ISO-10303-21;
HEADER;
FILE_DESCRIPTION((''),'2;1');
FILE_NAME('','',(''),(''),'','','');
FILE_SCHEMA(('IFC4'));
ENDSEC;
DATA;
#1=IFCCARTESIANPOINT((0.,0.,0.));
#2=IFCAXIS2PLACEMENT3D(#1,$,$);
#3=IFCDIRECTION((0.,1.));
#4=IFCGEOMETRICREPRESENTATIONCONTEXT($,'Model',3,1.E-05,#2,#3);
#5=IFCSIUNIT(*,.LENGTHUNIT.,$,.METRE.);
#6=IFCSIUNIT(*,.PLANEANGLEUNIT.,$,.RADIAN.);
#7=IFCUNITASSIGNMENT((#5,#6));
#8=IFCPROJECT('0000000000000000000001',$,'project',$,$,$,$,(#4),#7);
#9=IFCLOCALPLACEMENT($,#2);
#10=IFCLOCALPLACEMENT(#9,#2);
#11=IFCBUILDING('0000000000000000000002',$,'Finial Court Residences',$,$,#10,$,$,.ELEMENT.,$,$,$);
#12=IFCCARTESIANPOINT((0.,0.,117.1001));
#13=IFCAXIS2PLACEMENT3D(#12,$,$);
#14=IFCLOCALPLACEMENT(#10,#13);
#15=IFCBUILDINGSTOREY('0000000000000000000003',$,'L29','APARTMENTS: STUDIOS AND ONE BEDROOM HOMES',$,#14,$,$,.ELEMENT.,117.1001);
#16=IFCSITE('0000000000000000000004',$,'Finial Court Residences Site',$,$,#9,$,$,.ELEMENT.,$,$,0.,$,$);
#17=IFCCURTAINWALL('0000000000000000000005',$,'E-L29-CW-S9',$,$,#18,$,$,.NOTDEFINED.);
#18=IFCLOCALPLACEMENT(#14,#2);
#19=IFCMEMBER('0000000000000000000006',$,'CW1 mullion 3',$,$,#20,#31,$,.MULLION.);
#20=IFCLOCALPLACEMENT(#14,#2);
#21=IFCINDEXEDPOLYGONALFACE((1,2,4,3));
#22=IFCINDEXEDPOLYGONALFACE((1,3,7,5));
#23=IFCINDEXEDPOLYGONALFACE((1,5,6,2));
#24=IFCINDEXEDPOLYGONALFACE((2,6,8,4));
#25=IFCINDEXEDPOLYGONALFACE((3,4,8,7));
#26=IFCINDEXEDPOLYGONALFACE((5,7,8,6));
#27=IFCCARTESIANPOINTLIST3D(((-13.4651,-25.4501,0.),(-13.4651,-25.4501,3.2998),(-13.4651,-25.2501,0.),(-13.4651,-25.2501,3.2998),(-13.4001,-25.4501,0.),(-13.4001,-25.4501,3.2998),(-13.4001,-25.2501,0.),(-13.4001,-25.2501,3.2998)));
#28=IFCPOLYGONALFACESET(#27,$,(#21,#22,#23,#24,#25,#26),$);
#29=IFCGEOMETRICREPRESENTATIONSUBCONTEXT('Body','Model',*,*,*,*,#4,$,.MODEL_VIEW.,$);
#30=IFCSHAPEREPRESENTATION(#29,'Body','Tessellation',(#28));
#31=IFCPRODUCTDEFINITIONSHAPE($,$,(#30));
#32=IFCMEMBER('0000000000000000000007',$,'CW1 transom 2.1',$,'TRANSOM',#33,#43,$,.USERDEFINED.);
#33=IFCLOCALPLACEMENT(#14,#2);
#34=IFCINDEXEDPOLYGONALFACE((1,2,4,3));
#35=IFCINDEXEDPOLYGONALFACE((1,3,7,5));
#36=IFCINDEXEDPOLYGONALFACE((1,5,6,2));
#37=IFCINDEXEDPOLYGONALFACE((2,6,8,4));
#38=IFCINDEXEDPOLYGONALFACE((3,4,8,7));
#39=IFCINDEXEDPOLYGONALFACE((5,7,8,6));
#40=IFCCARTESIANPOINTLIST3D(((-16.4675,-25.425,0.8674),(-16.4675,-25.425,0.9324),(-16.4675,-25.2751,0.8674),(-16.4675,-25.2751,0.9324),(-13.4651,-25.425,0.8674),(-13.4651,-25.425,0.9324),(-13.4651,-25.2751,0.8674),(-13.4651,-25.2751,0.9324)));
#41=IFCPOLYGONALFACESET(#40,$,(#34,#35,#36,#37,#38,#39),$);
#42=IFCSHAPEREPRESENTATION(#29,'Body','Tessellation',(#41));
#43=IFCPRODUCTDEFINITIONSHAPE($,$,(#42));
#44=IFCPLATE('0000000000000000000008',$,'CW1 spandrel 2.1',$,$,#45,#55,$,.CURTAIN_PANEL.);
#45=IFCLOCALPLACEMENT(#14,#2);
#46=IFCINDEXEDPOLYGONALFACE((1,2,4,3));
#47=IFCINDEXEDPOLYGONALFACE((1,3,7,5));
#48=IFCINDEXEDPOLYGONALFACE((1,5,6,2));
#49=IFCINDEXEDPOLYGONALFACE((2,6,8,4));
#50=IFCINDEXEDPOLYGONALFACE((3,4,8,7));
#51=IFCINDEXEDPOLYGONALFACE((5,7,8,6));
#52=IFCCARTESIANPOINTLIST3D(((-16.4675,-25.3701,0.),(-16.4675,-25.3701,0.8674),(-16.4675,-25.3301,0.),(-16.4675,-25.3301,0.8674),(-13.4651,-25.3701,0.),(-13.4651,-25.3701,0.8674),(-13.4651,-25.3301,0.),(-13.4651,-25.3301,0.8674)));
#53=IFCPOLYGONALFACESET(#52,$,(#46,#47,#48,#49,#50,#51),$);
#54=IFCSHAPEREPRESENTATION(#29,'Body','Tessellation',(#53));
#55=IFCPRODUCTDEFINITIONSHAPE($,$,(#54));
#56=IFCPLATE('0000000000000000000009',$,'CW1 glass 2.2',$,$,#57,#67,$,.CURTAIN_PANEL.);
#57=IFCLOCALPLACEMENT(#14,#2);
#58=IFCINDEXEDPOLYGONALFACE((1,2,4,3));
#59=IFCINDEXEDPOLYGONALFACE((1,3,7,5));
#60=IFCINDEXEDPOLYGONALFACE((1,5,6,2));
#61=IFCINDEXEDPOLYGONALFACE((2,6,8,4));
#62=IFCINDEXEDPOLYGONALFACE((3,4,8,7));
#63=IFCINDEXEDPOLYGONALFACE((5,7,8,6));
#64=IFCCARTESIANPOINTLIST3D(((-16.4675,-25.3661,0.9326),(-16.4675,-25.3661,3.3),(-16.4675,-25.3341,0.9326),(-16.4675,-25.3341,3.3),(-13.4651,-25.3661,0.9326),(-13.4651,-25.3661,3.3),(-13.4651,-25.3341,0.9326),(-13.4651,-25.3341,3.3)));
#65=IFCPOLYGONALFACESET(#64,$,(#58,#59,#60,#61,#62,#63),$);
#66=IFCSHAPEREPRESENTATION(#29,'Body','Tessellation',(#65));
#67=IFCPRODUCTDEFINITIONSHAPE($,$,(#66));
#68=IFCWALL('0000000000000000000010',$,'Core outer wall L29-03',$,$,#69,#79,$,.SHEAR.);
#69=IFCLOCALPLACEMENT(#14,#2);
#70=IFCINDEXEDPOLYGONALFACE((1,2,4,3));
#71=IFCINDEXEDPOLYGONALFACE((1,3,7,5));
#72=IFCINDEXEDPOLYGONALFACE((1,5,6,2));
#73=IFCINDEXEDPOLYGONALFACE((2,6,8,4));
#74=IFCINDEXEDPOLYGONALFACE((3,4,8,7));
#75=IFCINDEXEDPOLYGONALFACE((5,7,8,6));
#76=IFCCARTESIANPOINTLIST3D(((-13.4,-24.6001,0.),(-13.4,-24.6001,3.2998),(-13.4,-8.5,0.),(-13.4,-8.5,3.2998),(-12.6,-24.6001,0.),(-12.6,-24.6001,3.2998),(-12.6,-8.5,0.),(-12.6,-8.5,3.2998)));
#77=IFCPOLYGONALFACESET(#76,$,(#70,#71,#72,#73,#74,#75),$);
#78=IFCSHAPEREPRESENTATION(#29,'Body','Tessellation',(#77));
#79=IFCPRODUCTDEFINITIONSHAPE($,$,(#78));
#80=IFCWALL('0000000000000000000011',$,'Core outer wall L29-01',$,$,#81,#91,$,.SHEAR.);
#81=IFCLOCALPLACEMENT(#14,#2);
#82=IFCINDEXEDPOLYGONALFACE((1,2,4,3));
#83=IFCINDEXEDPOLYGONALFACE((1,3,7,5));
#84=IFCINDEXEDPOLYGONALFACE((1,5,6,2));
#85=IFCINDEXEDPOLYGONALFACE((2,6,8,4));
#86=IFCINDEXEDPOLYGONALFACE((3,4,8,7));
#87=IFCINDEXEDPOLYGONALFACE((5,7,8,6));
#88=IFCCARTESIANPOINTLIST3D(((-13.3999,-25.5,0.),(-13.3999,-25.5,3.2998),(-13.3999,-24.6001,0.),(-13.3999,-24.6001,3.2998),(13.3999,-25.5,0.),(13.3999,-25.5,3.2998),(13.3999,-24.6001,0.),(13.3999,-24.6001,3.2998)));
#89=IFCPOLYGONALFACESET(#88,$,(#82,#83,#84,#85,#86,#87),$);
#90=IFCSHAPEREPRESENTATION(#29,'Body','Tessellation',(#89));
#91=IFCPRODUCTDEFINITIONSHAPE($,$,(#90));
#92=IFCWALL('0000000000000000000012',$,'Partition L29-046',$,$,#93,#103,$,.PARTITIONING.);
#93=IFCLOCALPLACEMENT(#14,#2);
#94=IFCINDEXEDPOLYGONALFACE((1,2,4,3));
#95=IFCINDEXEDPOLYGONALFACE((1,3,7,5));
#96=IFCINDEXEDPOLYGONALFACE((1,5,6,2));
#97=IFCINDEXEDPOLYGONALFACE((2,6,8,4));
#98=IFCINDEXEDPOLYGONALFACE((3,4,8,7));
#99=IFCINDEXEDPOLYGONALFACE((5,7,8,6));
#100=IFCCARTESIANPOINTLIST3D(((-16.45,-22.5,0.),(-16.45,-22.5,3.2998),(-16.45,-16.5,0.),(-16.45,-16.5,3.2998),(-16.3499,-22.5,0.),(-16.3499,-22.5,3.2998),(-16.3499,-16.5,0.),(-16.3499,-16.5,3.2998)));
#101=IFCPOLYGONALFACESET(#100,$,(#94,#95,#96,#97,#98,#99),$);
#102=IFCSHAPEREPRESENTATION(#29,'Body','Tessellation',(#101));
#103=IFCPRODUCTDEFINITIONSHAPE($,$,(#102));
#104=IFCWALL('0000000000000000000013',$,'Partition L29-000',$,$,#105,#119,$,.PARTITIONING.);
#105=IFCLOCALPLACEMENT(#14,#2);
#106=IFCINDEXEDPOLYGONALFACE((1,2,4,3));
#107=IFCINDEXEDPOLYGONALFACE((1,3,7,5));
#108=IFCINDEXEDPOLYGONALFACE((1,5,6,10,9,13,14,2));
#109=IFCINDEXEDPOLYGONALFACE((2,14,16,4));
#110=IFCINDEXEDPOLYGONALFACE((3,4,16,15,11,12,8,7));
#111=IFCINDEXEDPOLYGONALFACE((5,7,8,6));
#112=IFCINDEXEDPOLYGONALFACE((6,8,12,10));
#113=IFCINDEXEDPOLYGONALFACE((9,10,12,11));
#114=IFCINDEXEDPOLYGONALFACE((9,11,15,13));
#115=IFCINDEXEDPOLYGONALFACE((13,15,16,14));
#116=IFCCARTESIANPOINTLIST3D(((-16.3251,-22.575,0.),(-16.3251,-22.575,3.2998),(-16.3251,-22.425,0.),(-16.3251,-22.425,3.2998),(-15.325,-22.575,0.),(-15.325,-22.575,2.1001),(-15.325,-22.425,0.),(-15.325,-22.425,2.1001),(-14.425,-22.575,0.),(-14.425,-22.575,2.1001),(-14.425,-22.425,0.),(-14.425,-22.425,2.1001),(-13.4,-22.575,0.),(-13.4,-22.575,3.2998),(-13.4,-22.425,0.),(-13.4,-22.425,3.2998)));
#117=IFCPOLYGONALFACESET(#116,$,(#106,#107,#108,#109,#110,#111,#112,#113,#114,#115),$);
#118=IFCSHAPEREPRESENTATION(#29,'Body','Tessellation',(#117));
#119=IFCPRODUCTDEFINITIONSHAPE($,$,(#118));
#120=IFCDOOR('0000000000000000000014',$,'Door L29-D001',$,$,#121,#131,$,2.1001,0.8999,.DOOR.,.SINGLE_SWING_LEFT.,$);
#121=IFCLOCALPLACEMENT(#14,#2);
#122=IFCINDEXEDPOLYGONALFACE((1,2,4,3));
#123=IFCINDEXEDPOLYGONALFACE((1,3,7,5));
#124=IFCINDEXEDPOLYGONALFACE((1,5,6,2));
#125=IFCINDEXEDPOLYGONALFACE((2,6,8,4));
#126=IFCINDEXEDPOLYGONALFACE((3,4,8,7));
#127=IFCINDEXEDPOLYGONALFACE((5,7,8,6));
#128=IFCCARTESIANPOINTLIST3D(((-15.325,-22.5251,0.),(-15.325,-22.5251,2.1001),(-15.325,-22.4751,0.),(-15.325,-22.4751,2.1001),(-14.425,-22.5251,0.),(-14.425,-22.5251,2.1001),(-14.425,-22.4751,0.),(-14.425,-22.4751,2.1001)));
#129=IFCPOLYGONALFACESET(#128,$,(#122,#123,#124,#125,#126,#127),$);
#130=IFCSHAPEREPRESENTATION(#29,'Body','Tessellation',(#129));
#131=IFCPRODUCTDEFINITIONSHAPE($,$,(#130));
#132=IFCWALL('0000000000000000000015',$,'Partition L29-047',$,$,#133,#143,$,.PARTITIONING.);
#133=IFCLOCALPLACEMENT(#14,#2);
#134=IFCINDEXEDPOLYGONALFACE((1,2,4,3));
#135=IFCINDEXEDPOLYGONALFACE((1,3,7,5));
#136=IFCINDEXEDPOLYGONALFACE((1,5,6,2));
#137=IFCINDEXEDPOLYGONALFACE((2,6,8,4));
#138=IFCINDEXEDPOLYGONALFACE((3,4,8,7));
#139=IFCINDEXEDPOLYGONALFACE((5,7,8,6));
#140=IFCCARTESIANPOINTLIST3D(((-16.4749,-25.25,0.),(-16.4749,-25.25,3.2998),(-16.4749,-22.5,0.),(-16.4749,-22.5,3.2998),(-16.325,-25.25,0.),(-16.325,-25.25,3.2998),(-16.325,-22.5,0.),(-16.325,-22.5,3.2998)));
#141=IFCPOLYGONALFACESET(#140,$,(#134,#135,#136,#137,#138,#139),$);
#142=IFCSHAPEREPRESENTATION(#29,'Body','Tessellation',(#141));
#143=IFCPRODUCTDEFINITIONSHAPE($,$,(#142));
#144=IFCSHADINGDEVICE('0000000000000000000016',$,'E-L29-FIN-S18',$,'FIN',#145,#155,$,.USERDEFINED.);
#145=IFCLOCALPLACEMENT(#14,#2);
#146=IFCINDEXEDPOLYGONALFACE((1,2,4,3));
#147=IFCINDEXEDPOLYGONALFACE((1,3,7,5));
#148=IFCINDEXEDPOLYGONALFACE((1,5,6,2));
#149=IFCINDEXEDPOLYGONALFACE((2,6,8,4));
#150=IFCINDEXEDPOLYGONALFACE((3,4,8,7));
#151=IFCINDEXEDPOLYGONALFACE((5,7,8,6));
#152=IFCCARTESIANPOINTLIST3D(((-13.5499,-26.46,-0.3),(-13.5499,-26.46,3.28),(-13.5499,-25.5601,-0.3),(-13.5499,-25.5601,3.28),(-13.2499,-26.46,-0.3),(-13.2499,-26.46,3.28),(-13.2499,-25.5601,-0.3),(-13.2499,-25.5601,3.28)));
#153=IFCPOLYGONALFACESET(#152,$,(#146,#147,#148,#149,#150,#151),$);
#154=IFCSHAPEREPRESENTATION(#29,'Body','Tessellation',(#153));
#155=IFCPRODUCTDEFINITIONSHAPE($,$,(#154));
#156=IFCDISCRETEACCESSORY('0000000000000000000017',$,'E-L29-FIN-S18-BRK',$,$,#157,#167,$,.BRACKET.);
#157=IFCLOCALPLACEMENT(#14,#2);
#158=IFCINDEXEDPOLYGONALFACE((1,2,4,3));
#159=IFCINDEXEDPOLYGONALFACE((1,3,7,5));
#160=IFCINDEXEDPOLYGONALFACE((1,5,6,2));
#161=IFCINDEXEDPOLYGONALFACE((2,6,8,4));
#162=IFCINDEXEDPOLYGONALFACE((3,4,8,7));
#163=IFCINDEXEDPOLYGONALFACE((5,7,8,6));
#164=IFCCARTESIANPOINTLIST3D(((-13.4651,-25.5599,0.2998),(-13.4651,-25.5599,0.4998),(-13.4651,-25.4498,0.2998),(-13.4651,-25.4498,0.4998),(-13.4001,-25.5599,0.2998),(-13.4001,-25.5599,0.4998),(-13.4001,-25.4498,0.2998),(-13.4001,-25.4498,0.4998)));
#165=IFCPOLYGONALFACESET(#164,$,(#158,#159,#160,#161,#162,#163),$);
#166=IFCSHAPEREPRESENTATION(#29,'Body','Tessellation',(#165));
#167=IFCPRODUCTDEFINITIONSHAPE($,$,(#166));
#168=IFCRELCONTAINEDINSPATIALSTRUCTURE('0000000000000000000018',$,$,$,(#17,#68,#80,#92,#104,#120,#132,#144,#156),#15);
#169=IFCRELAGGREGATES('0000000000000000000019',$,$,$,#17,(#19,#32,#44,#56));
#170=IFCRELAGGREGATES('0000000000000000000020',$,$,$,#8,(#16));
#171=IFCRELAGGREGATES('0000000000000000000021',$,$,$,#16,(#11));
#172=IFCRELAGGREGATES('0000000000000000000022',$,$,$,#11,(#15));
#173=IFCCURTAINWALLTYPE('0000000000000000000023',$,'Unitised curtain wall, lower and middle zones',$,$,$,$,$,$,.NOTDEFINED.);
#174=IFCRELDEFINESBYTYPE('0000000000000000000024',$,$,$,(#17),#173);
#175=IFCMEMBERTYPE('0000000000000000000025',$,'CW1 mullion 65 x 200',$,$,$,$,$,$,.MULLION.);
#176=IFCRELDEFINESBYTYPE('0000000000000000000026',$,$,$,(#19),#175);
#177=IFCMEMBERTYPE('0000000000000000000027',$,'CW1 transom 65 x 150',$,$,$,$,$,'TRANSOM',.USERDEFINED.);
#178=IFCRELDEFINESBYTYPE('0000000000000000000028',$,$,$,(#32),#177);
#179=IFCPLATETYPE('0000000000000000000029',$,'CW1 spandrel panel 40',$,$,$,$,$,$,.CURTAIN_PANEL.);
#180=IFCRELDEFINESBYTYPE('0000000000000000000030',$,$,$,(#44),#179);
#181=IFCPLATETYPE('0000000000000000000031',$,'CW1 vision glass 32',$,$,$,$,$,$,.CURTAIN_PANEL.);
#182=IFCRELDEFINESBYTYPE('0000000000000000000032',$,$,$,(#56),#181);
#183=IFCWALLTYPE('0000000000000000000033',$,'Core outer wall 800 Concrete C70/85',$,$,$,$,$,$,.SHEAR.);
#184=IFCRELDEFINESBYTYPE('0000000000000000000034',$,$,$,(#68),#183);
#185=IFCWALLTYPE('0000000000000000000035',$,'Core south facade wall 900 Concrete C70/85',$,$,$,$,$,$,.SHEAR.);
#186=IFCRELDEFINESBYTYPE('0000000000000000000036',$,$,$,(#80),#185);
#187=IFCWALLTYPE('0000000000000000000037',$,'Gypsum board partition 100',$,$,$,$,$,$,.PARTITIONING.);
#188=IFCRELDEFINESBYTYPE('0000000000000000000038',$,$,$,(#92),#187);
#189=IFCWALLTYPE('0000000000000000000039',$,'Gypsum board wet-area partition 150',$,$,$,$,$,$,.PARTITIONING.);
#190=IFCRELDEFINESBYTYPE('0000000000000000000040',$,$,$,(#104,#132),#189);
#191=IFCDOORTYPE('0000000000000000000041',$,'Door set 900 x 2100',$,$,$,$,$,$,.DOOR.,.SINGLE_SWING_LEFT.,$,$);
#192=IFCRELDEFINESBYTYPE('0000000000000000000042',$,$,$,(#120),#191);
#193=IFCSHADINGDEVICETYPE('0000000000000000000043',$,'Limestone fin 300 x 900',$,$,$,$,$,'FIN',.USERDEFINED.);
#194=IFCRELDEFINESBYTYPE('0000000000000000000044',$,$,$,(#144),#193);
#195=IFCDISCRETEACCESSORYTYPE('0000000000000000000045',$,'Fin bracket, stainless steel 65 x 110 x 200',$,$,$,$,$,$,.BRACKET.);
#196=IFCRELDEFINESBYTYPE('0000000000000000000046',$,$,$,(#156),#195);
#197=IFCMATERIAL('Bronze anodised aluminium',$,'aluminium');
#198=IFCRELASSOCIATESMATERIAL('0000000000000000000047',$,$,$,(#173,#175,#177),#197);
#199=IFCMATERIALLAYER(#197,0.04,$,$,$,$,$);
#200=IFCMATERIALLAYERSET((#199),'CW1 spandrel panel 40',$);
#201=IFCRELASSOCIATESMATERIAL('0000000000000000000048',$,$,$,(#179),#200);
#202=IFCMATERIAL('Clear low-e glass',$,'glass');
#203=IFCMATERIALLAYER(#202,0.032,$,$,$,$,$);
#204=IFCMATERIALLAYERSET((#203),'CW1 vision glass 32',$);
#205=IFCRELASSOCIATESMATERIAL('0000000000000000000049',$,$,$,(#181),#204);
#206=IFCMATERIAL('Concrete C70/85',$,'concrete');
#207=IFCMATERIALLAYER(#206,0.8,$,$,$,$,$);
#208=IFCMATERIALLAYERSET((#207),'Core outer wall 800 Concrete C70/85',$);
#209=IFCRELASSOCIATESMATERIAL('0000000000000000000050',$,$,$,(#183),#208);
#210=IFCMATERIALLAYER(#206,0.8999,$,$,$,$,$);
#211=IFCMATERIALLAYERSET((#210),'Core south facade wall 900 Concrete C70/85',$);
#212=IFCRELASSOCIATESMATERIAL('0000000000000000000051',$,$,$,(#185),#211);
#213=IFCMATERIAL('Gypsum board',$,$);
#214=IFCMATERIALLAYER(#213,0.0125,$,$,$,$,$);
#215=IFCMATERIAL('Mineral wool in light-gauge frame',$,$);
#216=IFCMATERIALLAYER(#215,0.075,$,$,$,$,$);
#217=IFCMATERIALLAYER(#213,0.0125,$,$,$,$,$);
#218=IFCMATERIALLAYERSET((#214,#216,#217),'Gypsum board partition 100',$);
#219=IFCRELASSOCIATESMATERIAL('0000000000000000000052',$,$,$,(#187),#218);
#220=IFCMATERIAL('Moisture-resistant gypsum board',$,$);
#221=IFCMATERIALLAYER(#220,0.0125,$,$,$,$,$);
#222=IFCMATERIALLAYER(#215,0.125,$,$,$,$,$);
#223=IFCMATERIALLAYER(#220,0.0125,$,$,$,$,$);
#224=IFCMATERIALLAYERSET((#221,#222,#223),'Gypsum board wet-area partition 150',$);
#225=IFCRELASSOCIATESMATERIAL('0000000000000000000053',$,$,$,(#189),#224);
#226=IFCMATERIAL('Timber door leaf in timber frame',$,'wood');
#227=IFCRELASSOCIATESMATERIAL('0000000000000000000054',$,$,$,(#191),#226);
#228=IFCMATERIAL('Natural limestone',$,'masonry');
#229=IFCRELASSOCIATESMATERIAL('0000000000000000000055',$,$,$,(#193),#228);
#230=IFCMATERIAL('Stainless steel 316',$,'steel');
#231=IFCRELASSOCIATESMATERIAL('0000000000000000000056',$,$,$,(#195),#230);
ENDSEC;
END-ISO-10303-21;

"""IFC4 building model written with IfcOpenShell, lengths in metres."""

from ifc_helpers import new_model, si_unit, direction, frame, frame_2d, origin, origin_2d, place, context, subcontext, project, spatial, rectangle, extrude, material, layer, layer_set, material_profile, profile_set, type_object, element, fill, aggregate, save


model = new_model("IFC4")

# Units and contexts
model_context = context("Model", 3, precision=1e-05, world=origin(), true_north=direction((0.0, 1.0)))
body_context = subcontext(model_context, "Body", "Model", "MODEL_VIEW")
ifc_project = project(units=[si_unit("LENGTHUNIT", "METRE"), si_unit("PLANEANGLEUNIT", "RADIAN")], contexts=[model_context])

# Site, building, storey
site_placement = place(None, origin())
site = spatial("IfcSite", under=ifc_project, at=site_placement, Name="Finial Court Residences Site", CompositionType="ELEMENT", RefElevation=0.0)
building_placement = place(site_placement, origin())
building = spatial("IfcBuilding", under=site, at=building_placement, Name="Finial Court Residences", CompositionType="ELEMENT")
storey_placement = place(building_placement, frame((0.0, 0.0, 117.1001)))
storey = spatial("IfcBuildingStorey", under=building, at=storey_placement, Name="L29", Description="APARTMENTS: STUDIOS AND ONE BEDROOM HOMES", CompositionType="ELEMENT", Elevation=117.1001)

# Curtain wall, members, plates
ifc_material_1 = material(Name="Bronze anodised aluminium", Category="aluminium")
curtain_wall_type = type_object("IfcCurtainWallType", Name="Unitised curtain wall, lower and middle zones", PredefinedType="NOTDEFINED", material=ifc_material_1)
curtain_wall_placement = place(storey_placement, origin())
curtain_wall = element("IfcCurtainWall", 1, at=curtain_wall_placement, inside=storey, type_object=curtain_wall_type, Name="E-L29-CW-S9", PredefinedType="NOTDEFINED")
ifc_material_profile_1 = material_profile(ifc_material_1, rectangle(XDim=0.2, YDim=0.0649, at=origin_2d()), Name="CW1 mullion 65 x 200")
ifc_profile_set_1 = profile_set([ifc_material_profile_1], Name="Bronze anodised aluminium")
member_type_1 = type_object("IfcMemberType", Name="CW1 mullion 65 x 200", PredefinedType="MULLION", material=ifc_profile_set_1)
member_1_placement = place(storey_placement, frame((-13.4326, -25.3501, 0.0), z_axis=(0.0, 0.0, 1.0), x_axis=(0.0, 1.0, 0.0)))
member_1 = element("IfcMember", 2, at=member_1_placement, type_object=member_type_1, Name="CW1 mullion 3", PredefinedType="MULLION", context=body_context, shape_type="SweptSolid", body=[
    extrude(rectangle(XDim=0.2, YDim=0.0649, at=origin_2d()), origin(), (0.0, 0.0, 1.0), 3.2998),
])
ifc_material_profile_2 = material_profile(ifc_material_1, rectangle(XDim=0.1499, YDim=0.0649, at=origin_2d()), Name="CW1 transom 65 x 150")
ifc_profile_set_2 = profile_set([ifc_material_profile_2], Name="Bronze anodised aluminium")
member_type_2 = type_object("IfcMemberType", Name="CW1 transom 65 x 150", ElementType="TRANSOM", PredefinedType="USERDEFINED", material=ifc_profile_set_2)
member_2_placement = place(storey_placement, frame((-16.4675, -25.3501, 0.8999), z_axis=(1.0, 0.0, 0.0), x_axis=(0.0, 1.0, 0.0)))
member_2 = element("IfcMember", 3, at=member_2_placement, type_object=member_type_2, Name="CW1 transom 2.1", ObjectType="TRANSOM", PredefinedType="USERDEFINED", context=body_context, shape_type="SweptSolid", body=[
    extrude(rectangle(XDim=0.1499, YDim=0.0649, at=origin_2d()), origin(), (0.0, 0.0, 1.0), 3.0024),
])
ifc_layer_1 = layer(ifc_material_1, 0.04)
ifc_layer_set_1 = layer_set([ifc_layer_1], Name="CW1 spandrel panel 40")
plate_type_1 = type_object("IfcPlateType", Name="CW1 spandrel panel 40", PredefinedType="CURTAIN_PANEL", material=ifc_layer_set_1)
plate_1_placement = place(storey_placement, frame((-14.9663, -25.3501, 0.0), z_axis=(0.0, 0.0, 1.0), x_axis=(1.0, 0.0, 0.0)))
plate_1 = element("IfcPlate", 4, at=plate_1_placement, type_object=plate_type_1, Name="CW1 spandrel 2.1", PredefinedType="CURTAIN_PANEL", context=body_context, shape_type="SweptSolid", body=[
    extrude(rectangle(XDim=3.0024, YDim=0.04, at=origin_2d()), origin(), (0.0, 0.0, 1.0), 0.8674),
])
ifc_material_2 = material(Name="Clear low-e glass", Category="glass")
ifc_layer_2 = layer(ifc_material_2, 0.032)
ifc_layer_set_2 = layer_set([ifc_layer_2], Name="CW1 vision glass 32")
plate_type_2 = type_object("IfcPlateType", Name="CW1 vision glass 32", PredefinedType="CURTAIN_PANEL", material=ifc_layer_set_2)
plate_2_placement = place(storey_placement, frame((-14.9663, -25.3501, 0.9326), z_axis=(0.0, 0.0, 1.0), x_axis=(1.0, 0.0, 0.0)))
plate_2 = element("IfcPlate", 5, at=plate_2_placement, type_object=plate_type_2, Name="CW1 glass 2.2", PredefinedType="CURTAIN_PANEL", context=body_context, shape_type="SweptSolid", body=[
    extrude(rectangle(XDim=3.0024, YDim=0.032, at=origin_2d()), origin(), (0.0, 0.0, 1.0), 2.3674),
])
aggregate(curtain_wall, [member_1, member_2, plate_1, plate_2])

# Walls
ifc_material_3 = material(Name="Concrete C70/85", Category="concrete")
ifc_layer_3 = layer(ifc_material_3, 0.8)
ifc_layer_set_3 = layer_set([ifc_layer_3], Name="Core outer wall 800 Concrete C70/85")
wall_type_1 = type_object("IfcWallType", Name="Core outer wall 800 Concrete C70/85", PredefinedType="SHEAR", material=ifc_layer_set_3)
wall_1_placement = place(storey_placement, frame((-13.0, -24.6001, 0.0), z_axis=(0.0, 0.0, 1.0), x_axis=(0.0, 1.0, 0.0)))
element("IfcWall", 6, at=wall_1_placement, inside=storey, type_object=wall_type_1, Name="Core outer wall L29-03", PredefinedType="SHEAR", context=body_context, shape_type="SweptSolid", body=[
    extrude(rectangle(XDim=16.1001, YDim=0.8, at=frame_2d((8.05, 0.0))), origin(), (0.0, 0.0, 1.0), 3.2998),
])
ifc_layer_4 = layer(ifc_material_3, 0.8999)
ifc_layer_set_4 = layer_set([ifc_layer_4], Name="Core south facade wall 900 Concrete C70/85")
wall_type_2 = type_object("IfcWallType", Name="Core south facade wall 900 Concrete C70/85", PredefinedType="SHEAR", material=ifc_layer_set_4)
wall_2_placement = place(storey_placement, frame((-13.3999, -25.05, 0.0), z_axis=(0.0, 0.0, 1.0), x_axis=(1.0, 0.0, 0.0)))
element("IfcWall", 7, at=wall_2_placement, inside=storey, type_object=wall_type_2, Name="Core outer wall L29-01", PredefinedType="SHEAR", context=body_context, shape_type="SweptSolid", body=[
    extrude(rectangle(XDim=26.7998, YDim=0.8999, at=frame_2d((13.3999, 0.0))), origin(), (0.0, 0.0, 1.0), 3.2998),
])
ifc_material_4 = material(Name="Gypsum board")
ifc_layer_5 = layer(ifc_material_4, 0.0125)
ifc_material_5 = material(Name="Mineral wool in light-gauge frame")
ifc_layer_6 = layer(ifc_material_5, 0.075)
ifc_layer_7 = layer(ifc_material_4, 0.0125)
ifc_layer_set_5 = layer_set([ifc_layer_5, ifc_layer_6, ifc_layer_7], Name="Gypsum board partition 100")
wall_type_3 = type_object("IfcWallType", Name="Gypsum board partition 100", PredefinedType="PARTITIONING", material=ifc_layer_set_5)
wall_3_placement = place(storey_placement, frame((-16.3999, -22.5, 0.0), z_axis=(0.0, 0.0, 1.0), x_axis=(0.0, 1.0, 0.0)))
element("IfcWall", 8, at=wall_3_placement, inside=storey, type_object=wall_type_3, Name="Partition L29-046", PredefinedType="PARTITIONING", context=body_context, shape_type="SweptSolid", body=[
    extrude(rectangle(XDim=6.0, YDim=0.1001, at=frame_2d((3.0, 0.0))), origin(), (0.0, 0.0, 1.0), 3.2998),
])

# Wall, opening, door
ifc_material_6 = material(Name="Moisture-resistant gypsum board")
ifc_layer_8 = layer(ifc_material_6, 0.0125)
ifc_layer_9 = layer(ifc_material_5, 0.125)
ifc_layer_10 = layer(ifc_material_6, 0.0125)
ifc_layer_set_6 = layer_set([ifc_layer_8, ifc_layer_9, ifc_layer_10], Name="Gypsum board wet-area partition 150")
wall_type_4 = type_object("IfcWallType", Name="Gypsum board wet-area partition 150", PredefinedType="PARTITIONING", material=ifc_layer_set_6)
wall_4_placement = place(storey_placement, frame((-16.325, -22.5, 0.0), z_axis=(0.0, 0.0, 1.0), x_axis=(1.0, 0.0, 0.0)))
wall_4 = element("IfcWall", 9, at=wall_4_placement, inside=storey, type_object=wall_type_4, Name="Partition L29-000", PredefinedType="PARTITIONING", context=body_context, shape_type="SweptSolid", body=[
    extrude(rectangle(XDim=2.925, YDim=0.1499, at=frame_2d((1.4624, 0.0))), origin(), (0.0, 0.0, 1.0), 3.2998),
])
opening_placement = place(wall_4_placement, frame((1.0, 0.0, 0.0)))
opening = element("IfcOpeningElement", 10, at=opening_placement, cuts=wall_4, PredefinedType="OPENING", context=body_context, shape_type="SweptSolid", body=[
    extrude(rectangle(XDim=0.8999, YDim=2.1001, at=frame_2d((0.45, 1.05))), frame((0.0, 0.085, 0.0), z_axis=(0.0, -1.0, 0.0), x_axis=(1.0, 0.0, 0.0)), (0.0, 0.0, 1.0), 0.1699),
])
ifc_material_7 = material(Name="Timber door leaf in timber frame", Category="wood")
door_type = type_object("IfcDoorType", Name="Door set 900 x 2100", OperationType="SINGLE_SWING_LEFT", PredefinedType="DOOR", material=ifc_material_7)
door_placement = place(opening_placement, origin())
door = element("IfcDoor", 11, at=door_placement, inside=storey, type_object=door_type, Name="Door L29-D001", OperationType="SINGLE_SWING_LEFT", OverallHeight=2.1001, OverallWidth=0.8999, PredefinedType="DOOR", context=body_context, shape_type="SweptSolid", body=[
    extrude(rectangle(XDim=0.8999, YDim=2.1001, at=frame_2d((0.45, 1.05))), frame((0.0, 0.0249, 0.0), z_axis=(0.0, -1.0, 0.0), x_axis=(1.0, 0.0, 0.0)), (0.0, 0.0, 1.0), 0.05),
])
fill(opening, door)

# Wall
wall_5_placement = place(storey_placement, frame((-16.3999, -25.25, 0.0), z_axis=(0.0, 0.0, 1.0), x_axis=(0.0, 1.0, 0.0)))
element("IfcWall", 12, at=wall_5_placement, inside=storey, type_object=wall_type_4, Name="Partition L29-047", PredefinedType="PARTITIONING", context=body_context, shape_type="SweptSolid", body=[
    extrude(rectangle(XDim=2.75, YDim=0.1499, at=frame_2d((1.375, 0.0))), origin(), (0.0, 0.0, 1.0), 3.2998),
])

# Shading device
ifc_material_8 = material(Name="Natural limestone", Category="masonry")
shading_device_type = type_object("IfcShadingDeviceType", Name="Limestone fin 300 x 900", ElementType="FIN", PredefinedType="USERDEFINED", material=ifc_material_8)
shading_device_placement = place(storey_placement, frame((-13.3999, -26.01, -0.3), z_axis=(0.0, 0.0, 1.0), x_axis=(1.0, 0.0, 0.0)))
element("IfcShadingDevice", 13, at=shading_device_placement, inside=storey, type_object=shading_device_type, Name="E-L29-FIN-S18", ObjectType="FIN", PredefinedType="USERDEFINED", context=body_context, shape_type="SweptSolid", body=[
    extrude(rectangle(XDim=0.3, YDim=0.8999, at=origin_2d()), origin(), (0.0, 0.0, 1.0), 3.5801),
])

# Discrete accessory
ifc_material_9 = material(Name="Stainless steel 316", Category="steel")
discrete_accessory_type = type_object("IfcDiscreteAccessoryType", Name="Fin bracket, stainless steel 65 x 110 x 200", PredefinedType="BRACKET", material=ifc_material_9)
discrete_accessory_placement = place(storey_placement, frame((-13.4326, -25.5049, 0.2998), z_axis=(0.0, 0.0, 1.0), x_axis=(1.0, 0.0, 0.0)))
element("IfcDiscreteAccessory", 14, at=discrete_accessory_placement, inside=storey, type_object=discrete_accessory_type, Name="E-L29-FIN-S18-BRK", PredefinedType="BRACKET", context=body_context, shape_type="SweptSolid", body=[
    extrude(rectangle(XDim=0.0649, YDim=0.1101, at=origin_2d()), origin(), (0.0, 0.0, 1.0), 0.2),
])

save(model, "model.ifc")
